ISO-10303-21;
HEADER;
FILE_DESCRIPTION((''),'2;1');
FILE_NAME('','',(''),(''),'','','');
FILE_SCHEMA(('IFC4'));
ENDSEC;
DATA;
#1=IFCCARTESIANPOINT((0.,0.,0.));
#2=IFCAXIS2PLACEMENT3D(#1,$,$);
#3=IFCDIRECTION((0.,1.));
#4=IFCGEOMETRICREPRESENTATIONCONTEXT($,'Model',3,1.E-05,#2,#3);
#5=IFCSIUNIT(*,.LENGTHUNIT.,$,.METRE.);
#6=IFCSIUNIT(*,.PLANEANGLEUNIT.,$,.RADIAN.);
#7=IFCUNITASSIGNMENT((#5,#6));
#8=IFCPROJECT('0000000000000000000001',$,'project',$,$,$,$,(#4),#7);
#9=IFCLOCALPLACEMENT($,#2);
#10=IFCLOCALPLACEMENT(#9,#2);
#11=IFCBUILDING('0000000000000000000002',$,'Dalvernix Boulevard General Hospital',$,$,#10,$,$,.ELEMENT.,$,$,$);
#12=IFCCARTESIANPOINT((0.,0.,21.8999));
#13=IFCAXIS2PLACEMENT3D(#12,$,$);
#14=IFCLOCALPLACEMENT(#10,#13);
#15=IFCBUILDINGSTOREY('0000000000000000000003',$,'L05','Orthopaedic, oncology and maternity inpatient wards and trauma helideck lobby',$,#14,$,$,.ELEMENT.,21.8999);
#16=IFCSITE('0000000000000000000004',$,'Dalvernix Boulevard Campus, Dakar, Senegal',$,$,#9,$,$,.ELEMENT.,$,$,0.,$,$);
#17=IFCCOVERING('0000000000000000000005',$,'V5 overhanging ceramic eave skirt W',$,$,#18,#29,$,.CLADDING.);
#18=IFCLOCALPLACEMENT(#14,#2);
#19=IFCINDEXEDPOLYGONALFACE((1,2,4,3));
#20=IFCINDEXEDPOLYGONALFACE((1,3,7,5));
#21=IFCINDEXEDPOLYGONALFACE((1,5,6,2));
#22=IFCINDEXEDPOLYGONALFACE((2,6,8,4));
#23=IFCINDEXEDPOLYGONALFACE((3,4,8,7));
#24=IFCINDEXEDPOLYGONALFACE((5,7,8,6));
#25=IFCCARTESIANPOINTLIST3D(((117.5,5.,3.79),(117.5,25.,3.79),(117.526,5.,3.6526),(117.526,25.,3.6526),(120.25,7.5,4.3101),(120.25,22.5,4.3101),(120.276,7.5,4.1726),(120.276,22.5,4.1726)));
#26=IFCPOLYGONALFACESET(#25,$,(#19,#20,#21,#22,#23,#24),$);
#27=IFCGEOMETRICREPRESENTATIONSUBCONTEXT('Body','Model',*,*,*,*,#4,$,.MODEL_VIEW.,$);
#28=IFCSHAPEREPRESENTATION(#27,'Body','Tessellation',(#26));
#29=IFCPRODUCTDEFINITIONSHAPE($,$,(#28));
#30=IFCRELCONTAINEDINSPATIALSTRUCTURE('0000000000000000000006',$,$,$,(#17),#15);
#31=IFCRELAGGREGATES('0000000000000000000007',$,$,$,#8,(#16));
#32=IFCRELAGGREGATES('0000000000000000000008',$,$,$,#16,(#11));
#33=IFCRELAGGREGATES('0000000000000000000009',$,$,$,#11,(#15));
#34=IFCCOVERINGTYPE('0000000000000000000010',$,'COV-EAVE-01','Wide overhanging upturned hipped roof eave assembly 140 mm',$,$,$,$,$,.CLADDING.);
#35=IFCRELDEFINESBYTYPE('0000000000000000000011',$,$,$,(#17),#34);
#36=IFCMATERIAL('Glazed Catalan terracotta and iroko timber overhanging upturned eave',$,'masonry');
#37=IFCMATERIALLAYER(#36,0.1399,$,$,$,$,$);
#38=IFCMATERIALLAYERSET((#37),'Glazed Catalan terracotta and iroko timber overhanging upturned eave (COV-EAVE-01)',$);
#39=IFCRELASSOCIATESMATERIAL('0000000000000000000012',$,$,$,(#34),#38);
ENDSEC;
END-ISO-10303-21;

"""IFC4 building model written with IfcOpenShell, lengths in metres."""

from ifc_helpers import new_model, si_unit, direction, frame, origin, place, context, subcontext, project, spatial, polyline, outline, extrude, material, layer, layer_set, type_object, element, save


model = new_model("IFC4")

# Units and contexts
model_context = context("Model", 3, precision=1e-05, world=origin(), true_north=direction((0.0, 1.0)))
body_context = subcontext(model_context, "Body", "Model", "MODEL_VIEW")
ifc_project = project(units=[si_unit("LENGTHUNIT", "METRE"), si_unit("PLANEANGLEUNIT", "RADIAN")], contexts=[model_context])

# Site, building, storey
site_placement = place(None, origin())
site = spatial("IfcSite", under=ifc_project, at=site_placement, Name="Dalvernix Boulevard Campus, Dakar, Senegal", CompositionType="ELEMENT", RefElevation=0.0)
building_placement = place(site_placement, origin())
building = spatial("IfcBuilding", under=site, at=building_placement, Name="Dalvernix Boulevard General Hospital", CompositionType="ELEMENT")
storey_placement = place(building_placement, frame((0.0, 0.0, 21.8999)))
storey = spatial("IfcBuildingStorey", under=building, at=storey_placement, Name="L05", Description="Orthopaedic, oncology and maternity inpatient wards and trauma helideck lobby", CompositionType="ELEMENT", Elevation=21.8999)

# Covering
ifc_material_1 = material(Name="Glazed Catalan terracotta and iroko timber overhanging upturned eave", Category="masonry")
ifc_layer_1 = layer(ifc_material_1, 0.1399)
ifc_layer_set_1 = layer_set([ifc_layer_1], Name="Glazed Catalan terracotta and iroko timber overhanging upturned eave (COV-EAVE-01)")
covering_type_1 = type_object("IfcCoveringType", Name="COV-EAVE-01", Description="Wide overhanging upturned hipped roof eave assembly 140 mm", PredefinedType="CLADDING", material=ifc_layer_set_1)
covering_1_placement = place(storey_placement, frame((120.25, 22.5, 4.3101), z_axis=(-0.185805, 0.0, 0.982587), x_axis=(0.0, -1.0, 0.0)))
element("IfcCovering", 1, at=covering_1_placement, inside=storey, type_object=covering_type_1, Name="V5 overhanging ceramic eave skirt W", PredefinedType="CLADDING", context=body_context, shape_type="SweptSolid", body=[
    extrude(outline(polyline([(0.0, 0.0), (15.0, 0.0), (17.5, -2.7987), (-2.5, -2.7987), (0.0, 0.0)])), origin(), (0.0, 0.0, -1.0), 0.1399),
])

save(model, "model.ifc")
